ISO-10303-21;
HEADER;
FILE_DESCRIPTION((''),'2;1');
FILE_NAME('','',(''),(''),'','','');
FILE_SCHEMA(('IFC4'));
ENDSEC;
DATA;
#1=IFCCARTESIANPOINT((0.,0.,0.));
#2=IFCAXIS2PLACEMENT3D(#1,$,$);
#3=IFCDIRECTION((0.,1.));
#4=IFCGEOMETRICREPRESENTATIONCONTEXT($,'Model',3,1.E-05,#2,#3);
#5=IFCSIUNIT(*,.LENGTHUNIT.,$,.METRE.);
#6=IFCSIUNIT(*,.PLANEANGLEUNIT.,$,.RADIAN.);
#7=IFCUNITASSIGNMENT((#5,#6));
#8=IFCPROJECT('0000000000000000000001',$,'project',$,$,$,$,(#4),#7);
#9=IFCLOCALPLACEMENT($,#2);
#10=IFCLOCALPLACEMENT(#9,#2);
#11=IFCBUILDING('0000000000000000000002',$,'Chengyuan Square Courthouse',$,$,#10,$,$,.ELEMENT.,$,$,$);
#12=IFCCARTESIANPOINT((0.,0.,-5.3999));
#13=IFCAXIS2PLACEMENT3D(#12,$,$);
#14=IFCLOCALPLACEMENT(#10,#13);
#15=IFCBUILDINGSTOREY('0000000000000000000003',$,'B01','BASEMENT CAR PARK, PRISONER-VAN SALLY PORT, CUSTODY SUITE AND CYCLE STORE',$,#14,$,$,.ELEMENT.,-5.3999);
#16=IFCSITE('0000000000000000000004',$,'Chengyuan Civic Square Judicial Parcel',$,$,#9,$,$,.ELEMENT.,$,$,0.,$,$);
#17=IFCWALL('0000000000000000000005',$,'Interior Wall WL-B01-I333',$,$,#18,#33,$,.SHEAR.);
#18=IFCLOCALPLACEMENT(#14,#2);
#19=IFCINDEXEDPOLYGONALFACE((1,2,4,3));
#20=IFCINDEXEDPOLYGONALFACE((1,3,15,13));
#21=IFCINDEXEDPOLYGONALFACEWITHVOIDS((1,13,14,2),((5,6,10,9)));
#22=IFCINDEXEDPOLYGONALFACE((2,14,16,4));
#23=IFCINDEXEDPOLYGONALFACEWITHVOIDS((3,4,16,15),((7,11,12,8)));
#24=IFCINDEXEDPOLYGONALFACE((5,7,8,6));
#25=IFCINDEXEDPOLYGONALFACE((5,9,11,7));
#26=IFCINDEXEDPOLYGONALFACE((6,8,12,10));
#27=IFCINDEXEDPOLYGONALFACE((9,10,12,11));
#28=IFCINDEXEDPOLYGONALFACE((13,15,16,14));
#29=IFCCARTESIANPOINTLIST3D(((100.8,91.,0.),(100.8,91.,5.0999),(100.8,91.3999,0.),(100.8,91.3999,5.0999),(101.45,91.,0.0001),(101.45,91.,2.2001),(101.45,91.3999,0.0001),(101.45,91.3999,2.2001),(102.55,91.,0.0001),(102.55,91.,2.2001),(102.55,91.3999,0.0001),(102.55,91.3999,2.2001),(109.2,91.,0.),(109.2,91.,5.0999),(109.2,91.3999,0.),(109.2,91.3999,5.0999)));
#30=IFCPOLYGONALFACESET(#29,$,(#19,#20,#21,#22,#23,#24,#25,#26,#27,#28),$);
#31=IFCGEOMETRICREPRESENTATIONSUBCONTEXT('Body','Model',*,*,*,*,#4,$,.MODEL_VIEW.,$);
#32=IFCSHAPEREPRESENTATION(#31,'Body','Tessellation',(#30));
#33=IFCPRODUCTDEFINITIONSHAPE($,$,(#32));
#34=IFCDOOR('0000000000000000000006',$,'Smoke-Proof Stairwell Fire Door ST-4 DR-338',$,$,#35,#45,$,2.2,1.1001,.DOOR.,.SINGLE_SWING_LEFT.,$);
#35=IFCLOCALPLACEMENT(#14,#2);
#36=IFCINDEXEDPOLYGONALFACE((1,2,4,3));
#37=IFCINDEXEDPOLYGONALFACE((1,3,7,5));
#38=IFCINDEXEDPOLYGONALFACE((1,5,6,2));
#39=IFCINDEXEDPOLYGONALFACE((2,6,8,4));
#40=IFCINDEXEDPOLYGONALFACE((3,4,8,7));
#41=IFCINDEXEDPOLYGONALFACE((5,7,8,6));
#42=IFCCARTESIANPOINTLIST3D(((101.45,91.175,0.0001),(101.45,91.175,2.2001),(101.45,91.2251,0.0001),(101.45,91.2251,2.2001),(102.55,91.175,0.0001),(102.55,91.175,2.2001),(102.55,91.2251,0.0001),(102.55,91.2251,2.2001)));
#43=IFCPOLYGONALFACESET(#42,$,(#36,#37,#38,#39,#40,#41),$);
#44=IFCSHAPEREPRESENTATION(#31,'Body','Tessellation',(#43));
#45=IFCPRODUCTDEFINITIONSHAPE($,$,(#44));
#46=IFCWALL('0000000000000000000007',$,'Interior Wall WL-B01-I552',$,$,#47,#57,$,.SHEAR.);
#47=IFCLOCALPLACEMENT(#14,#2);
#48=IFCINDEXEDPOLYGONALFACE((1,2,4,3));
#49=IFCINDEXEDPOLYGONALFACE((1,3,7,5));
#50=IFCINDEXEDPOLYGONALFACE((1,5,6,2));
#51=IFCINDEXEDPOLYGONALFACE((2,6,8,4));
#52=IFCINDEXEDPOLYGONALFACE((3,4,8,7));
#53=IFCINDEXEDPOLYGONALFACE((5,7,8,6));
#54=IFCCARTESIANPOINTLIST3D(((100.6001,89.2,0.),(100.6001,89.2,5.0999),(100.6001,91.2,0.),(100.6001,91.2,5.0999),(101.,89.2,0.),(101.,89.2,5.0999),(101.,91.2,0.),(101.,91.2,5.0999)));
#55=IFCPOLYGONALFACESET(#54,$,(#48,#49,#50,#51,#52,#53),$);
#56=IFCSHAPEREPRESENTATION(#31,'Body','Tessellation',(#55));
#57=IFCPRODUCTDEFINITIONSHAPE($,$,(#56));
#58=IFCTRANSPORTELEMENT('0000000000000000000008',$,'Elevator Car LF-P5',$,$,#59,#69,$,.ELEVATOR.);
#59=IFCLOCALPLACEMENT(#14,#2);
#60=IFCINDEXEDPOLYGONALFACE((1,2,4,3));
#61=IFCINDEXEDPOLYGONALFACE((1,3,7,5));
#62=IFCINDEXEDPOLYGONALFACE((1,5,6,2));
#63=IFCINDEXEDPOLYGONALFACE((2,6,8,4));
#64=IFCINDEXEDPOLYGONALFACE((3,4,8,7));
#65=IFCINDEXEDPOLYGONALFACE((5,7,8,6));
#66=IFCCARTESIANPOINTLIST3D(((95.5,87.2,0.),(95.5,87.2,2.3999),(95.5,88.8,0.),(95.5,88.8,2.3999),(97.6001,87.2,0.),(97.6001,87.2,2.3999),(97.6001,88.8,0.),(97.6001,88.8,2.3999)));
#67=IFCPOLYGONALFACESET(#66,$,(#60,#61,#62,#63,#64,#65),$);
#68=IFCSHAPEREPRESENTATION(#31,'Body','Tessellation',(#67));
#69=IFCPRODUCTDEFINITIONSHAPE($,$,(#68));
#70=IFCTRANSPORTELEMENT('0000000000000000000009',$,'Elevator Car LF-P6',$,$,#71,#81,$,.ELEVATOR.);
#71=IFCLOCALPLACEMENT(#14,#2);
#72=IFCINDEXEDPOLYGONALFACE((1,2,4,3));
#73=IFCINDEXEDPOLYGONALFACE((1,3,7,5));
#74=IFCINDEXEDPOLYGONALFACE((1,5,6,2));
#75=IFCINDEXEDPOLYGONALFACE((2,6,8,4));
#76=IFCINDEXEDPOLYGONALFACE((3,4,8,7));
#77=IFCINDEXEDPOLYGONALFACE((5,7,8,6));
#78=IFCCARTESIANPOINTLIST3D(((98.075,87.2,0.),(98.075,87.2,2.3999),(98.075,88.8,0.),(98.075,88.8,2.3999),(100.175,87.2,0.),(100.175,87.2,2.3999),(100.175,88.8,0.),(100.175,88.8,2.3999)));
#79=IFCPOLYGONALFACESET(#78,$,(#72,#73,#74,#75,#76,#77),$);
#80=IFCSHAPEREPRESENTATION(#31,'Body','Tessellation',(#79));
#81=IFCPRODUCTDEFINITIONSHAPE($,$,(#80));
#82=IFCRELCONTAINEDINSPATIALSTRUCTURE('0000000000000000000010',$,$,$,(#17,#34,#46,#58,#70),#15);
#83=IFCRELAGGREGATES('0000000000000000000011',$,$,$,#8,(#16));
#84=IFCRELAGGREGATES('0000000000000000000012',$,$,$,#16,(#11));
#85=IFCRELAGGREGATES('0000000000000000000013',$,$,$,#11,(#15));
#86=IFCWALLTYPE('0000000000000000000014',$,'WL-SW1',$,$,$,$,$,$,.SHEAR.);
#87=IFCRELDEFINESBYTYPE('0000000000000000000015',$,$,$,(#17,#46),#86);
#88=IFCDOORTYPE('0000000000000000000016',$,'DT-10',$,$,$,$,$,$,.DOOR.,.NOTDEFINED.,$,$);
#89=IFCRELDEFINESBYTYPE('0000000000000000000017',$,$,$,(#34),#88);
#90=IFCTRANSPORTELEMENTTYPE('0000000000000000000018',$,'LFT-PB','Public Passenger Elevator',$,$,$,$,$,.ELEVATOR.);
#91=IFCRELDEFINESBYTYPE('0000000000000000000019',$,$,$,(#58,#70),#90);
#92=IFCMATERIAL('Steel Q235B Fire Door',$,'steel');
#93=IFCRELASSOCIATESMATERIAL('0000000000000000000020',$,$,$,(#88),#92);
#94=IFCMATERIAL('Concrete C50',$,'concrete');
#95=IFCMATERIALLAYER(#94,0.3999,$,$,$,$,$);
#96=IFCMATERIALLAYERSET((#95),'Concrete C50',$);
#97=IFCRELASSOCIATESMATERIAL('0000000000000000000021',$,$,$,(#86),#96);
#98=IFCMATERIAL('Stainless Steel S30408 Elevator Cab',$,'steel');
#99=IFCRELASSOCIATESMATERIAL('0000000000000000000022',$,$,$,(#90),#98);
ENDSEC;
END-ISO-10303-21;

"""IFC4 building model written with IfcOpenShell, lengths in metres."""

from ifc_helpers import new_model, si_unit, direction, frame, frame_2d, origin, origin_2d, place, context, subcontext, project, spatial, rectangle, extrude, material, layer, layer_set, type_object, element, fill, save


model = new_model("IFC4")

# Units and contexts
model_context = context("Model", 3, precision=1e-05, world=origin(), true_north=direction((0.0, 1.0)))
body_context = subcontext(model_context, "Body", "Model", "MODEL_VIEW")
ifc_project = project(units=[si_unit("LENGTHUNIT", "METRE"), si_unit("PLANEANGLEUNIT", "RADIAN")], contexts=[model_context])

# Site, building, storey
site_placement = place(None, origin())
site = spatial("IfcSite", under=ifc_project, at=site_placement, Name="Chengyuan Civic Square Judicial Parcel", CompositionType="ELEMENT", RefElevation=0.0)
building_placement = place(site_placement, origin())
building = spatial("IfcBuilding", under=site, at=building_placement, Name="Chengyuan Square Courthouse", CompositionType="ELEMENT")
storey_placement = place(building_placement, frame((0.0, 0.0, -5.3999)))
storey = spatial("IfcBuildingStorey", under=building, at=storey_placement, Name="B01", Description="BASEMENT CAR PARK, PRISONER-VAN SALLY PORT, CUSTODY SUITE AND CYCLE STORE", CompositionType="ELEMENT", Elevation=-5.3999)

# Shared definitions
ifc_material_1 = material(Name="Concrete C50", Category="concrete")

# Shared definitions
ifc_material_2 = material(Name="Steel Q235B Fire Door", Category="steel")
door_type_1 = type_object("IfcDoorType", Name="DT-10", OperationType="NOTDEFINED", PredefinedType="DOOR", material=ifc_material_2)

# Wall, opening, door
ifc_layer_1 = layer(ifc_material_1, 0.3999)
ifc_layer_set_1 = layer_set([ifc_layer_1], Name="Concrete C50")
wall_type_1 = type_object("IfcWallType", Name="WL-SW1", PredefinedType="SHEAR", material=ifc_layer_set_1)
wall_1_placement = place(storey_placement, frame((100.8, 91.2, 0.0), z_axis=(0.0, 0.0, 1.0), x_axis=(1.0, 0.0, 0.0)))
wall_1 = element("IfcWall", 1, at=wall_1_placement, inside=storey, type_object=wall_type_1, Name="Interior Wall WL-B01-I333", PredefinedType="SHEAR", context=body_context, shape_type="SweptSolid", body=[
    extrude(rectangle(XDim=8.3999, YDim=0.3999, at=frame_2d((4.2, 0.0))), origin(), (0.0, 0.0, 1.0), 5.0999),
])
opening_1_placement = place(wall_1_placement, frame((0.6499, 0.0, 0.0)))
opening_1 = element("IfcOpeningElement", 2, at=opening_1_placement, cuts=wall_1, PredefinedType="OPENING", context=body_context, shape_type="SweptSolid", body=[
    extrude(rectangle(XDim=1.1001, YDim=2.2, at=frame_2d((0.55, 1.1001))), frame((0.0, 0.2119, 0.0), z_axis=(0.0, -1.0, 0.0), x_axis=(1.0, 0.0, 0.0)), (0.0, 0.0, 1.0), 0.4238),
])
door_1_placement = place(opening_1_placement, frame((1.1001, 0.0, 0.0), z_axis=(0.0, 0.0, 1.0), x_axis=(-1.0, 0.0, 0.0)))
door_1 = element("IfcDoor", 3, at=door_1_placement, inside=storey, type_object=door_type_1, Name="Smoke-Proof Stairwell Fire Door ST-4 DR-338", OperationType="SINGLE_SWING_LEFT", OverallHeight=2.2, OverallWidth=1.1001, PredefinedType="DOOR", context=body_context, shape_type="SweptSolid", body=[
    extrude(rectangle(XDim=1.1001, YDim=2.2, at=frame_2d((0.55, 1.1001))), frame((0.0, 0.0249, 0.0), z_axis=(0.0, -1.0, 0.0), x_axis=(1.0, 0.0, 0.0)), (0.0, 0.0, 1.0), 0.05),
])
fill(opening_1, door_1)

# Wall
wall_2_placement = place(storey_placement, frame((100.8, 89.2, 0.0), z_axis=(0.0, 0.0, 1.0), x_axis=(0.0, 1.0, 0.0)))
element("IfcWall", 4, at=wall_2_placement, inside=storey, type_object=wall_type_1, Name="Interior Wall WL-B01-I552", PredefinedType="SHEAR", context=body_context, shape_type="SweptSolid", body=[
    extrude(rectangle(XDim=2.0, YDim=0.3999, at=frame_2d((1.0, 0.0))), origin(), (0.0, 0.0, 1.0), 5.0999),
])

# Transport elements
ifc_material_3 = material(Name="Stainless Steel S30408 Elevator Cab", Category="steel")
transport_element_type = type_object("IfcTransportElementType", Name="LFT-PB", Description="Public Passenger Elevator", PredefinedType="ELEVATOR", material=ifc_material_3)
for number, where, z_axis, x_axis, name in (
    (5, (96.55, 88.0, 0.0), (0.0, 0.0, 1.0), (1.0, 0.0, 0.0), "Elevator Car LF-P5"),
    (6, (99.125, 88.0, 0.0), (0.0, 0.0, 1.0), (1.0, 0.0, 0.0), "Elevator Car LF-P6"),
):
    element("IfcTransportElement", number, at=place(storey_placement, frame(where, z_axis=z_axis, x_axis=x_axis)), inside=storey, type_object=transport_element_type, Name=name, PredefinedType="ELEVATOR", context=body_context, shape_type="SweptSolid", body=[
        extrude(rectangle(XDim=2.1001, YDim=1.6001, at=origin_2d()), origin(), (0.0, 0.0, 1.0), 2.3999),
    ])

save(model, "model.ifc")
